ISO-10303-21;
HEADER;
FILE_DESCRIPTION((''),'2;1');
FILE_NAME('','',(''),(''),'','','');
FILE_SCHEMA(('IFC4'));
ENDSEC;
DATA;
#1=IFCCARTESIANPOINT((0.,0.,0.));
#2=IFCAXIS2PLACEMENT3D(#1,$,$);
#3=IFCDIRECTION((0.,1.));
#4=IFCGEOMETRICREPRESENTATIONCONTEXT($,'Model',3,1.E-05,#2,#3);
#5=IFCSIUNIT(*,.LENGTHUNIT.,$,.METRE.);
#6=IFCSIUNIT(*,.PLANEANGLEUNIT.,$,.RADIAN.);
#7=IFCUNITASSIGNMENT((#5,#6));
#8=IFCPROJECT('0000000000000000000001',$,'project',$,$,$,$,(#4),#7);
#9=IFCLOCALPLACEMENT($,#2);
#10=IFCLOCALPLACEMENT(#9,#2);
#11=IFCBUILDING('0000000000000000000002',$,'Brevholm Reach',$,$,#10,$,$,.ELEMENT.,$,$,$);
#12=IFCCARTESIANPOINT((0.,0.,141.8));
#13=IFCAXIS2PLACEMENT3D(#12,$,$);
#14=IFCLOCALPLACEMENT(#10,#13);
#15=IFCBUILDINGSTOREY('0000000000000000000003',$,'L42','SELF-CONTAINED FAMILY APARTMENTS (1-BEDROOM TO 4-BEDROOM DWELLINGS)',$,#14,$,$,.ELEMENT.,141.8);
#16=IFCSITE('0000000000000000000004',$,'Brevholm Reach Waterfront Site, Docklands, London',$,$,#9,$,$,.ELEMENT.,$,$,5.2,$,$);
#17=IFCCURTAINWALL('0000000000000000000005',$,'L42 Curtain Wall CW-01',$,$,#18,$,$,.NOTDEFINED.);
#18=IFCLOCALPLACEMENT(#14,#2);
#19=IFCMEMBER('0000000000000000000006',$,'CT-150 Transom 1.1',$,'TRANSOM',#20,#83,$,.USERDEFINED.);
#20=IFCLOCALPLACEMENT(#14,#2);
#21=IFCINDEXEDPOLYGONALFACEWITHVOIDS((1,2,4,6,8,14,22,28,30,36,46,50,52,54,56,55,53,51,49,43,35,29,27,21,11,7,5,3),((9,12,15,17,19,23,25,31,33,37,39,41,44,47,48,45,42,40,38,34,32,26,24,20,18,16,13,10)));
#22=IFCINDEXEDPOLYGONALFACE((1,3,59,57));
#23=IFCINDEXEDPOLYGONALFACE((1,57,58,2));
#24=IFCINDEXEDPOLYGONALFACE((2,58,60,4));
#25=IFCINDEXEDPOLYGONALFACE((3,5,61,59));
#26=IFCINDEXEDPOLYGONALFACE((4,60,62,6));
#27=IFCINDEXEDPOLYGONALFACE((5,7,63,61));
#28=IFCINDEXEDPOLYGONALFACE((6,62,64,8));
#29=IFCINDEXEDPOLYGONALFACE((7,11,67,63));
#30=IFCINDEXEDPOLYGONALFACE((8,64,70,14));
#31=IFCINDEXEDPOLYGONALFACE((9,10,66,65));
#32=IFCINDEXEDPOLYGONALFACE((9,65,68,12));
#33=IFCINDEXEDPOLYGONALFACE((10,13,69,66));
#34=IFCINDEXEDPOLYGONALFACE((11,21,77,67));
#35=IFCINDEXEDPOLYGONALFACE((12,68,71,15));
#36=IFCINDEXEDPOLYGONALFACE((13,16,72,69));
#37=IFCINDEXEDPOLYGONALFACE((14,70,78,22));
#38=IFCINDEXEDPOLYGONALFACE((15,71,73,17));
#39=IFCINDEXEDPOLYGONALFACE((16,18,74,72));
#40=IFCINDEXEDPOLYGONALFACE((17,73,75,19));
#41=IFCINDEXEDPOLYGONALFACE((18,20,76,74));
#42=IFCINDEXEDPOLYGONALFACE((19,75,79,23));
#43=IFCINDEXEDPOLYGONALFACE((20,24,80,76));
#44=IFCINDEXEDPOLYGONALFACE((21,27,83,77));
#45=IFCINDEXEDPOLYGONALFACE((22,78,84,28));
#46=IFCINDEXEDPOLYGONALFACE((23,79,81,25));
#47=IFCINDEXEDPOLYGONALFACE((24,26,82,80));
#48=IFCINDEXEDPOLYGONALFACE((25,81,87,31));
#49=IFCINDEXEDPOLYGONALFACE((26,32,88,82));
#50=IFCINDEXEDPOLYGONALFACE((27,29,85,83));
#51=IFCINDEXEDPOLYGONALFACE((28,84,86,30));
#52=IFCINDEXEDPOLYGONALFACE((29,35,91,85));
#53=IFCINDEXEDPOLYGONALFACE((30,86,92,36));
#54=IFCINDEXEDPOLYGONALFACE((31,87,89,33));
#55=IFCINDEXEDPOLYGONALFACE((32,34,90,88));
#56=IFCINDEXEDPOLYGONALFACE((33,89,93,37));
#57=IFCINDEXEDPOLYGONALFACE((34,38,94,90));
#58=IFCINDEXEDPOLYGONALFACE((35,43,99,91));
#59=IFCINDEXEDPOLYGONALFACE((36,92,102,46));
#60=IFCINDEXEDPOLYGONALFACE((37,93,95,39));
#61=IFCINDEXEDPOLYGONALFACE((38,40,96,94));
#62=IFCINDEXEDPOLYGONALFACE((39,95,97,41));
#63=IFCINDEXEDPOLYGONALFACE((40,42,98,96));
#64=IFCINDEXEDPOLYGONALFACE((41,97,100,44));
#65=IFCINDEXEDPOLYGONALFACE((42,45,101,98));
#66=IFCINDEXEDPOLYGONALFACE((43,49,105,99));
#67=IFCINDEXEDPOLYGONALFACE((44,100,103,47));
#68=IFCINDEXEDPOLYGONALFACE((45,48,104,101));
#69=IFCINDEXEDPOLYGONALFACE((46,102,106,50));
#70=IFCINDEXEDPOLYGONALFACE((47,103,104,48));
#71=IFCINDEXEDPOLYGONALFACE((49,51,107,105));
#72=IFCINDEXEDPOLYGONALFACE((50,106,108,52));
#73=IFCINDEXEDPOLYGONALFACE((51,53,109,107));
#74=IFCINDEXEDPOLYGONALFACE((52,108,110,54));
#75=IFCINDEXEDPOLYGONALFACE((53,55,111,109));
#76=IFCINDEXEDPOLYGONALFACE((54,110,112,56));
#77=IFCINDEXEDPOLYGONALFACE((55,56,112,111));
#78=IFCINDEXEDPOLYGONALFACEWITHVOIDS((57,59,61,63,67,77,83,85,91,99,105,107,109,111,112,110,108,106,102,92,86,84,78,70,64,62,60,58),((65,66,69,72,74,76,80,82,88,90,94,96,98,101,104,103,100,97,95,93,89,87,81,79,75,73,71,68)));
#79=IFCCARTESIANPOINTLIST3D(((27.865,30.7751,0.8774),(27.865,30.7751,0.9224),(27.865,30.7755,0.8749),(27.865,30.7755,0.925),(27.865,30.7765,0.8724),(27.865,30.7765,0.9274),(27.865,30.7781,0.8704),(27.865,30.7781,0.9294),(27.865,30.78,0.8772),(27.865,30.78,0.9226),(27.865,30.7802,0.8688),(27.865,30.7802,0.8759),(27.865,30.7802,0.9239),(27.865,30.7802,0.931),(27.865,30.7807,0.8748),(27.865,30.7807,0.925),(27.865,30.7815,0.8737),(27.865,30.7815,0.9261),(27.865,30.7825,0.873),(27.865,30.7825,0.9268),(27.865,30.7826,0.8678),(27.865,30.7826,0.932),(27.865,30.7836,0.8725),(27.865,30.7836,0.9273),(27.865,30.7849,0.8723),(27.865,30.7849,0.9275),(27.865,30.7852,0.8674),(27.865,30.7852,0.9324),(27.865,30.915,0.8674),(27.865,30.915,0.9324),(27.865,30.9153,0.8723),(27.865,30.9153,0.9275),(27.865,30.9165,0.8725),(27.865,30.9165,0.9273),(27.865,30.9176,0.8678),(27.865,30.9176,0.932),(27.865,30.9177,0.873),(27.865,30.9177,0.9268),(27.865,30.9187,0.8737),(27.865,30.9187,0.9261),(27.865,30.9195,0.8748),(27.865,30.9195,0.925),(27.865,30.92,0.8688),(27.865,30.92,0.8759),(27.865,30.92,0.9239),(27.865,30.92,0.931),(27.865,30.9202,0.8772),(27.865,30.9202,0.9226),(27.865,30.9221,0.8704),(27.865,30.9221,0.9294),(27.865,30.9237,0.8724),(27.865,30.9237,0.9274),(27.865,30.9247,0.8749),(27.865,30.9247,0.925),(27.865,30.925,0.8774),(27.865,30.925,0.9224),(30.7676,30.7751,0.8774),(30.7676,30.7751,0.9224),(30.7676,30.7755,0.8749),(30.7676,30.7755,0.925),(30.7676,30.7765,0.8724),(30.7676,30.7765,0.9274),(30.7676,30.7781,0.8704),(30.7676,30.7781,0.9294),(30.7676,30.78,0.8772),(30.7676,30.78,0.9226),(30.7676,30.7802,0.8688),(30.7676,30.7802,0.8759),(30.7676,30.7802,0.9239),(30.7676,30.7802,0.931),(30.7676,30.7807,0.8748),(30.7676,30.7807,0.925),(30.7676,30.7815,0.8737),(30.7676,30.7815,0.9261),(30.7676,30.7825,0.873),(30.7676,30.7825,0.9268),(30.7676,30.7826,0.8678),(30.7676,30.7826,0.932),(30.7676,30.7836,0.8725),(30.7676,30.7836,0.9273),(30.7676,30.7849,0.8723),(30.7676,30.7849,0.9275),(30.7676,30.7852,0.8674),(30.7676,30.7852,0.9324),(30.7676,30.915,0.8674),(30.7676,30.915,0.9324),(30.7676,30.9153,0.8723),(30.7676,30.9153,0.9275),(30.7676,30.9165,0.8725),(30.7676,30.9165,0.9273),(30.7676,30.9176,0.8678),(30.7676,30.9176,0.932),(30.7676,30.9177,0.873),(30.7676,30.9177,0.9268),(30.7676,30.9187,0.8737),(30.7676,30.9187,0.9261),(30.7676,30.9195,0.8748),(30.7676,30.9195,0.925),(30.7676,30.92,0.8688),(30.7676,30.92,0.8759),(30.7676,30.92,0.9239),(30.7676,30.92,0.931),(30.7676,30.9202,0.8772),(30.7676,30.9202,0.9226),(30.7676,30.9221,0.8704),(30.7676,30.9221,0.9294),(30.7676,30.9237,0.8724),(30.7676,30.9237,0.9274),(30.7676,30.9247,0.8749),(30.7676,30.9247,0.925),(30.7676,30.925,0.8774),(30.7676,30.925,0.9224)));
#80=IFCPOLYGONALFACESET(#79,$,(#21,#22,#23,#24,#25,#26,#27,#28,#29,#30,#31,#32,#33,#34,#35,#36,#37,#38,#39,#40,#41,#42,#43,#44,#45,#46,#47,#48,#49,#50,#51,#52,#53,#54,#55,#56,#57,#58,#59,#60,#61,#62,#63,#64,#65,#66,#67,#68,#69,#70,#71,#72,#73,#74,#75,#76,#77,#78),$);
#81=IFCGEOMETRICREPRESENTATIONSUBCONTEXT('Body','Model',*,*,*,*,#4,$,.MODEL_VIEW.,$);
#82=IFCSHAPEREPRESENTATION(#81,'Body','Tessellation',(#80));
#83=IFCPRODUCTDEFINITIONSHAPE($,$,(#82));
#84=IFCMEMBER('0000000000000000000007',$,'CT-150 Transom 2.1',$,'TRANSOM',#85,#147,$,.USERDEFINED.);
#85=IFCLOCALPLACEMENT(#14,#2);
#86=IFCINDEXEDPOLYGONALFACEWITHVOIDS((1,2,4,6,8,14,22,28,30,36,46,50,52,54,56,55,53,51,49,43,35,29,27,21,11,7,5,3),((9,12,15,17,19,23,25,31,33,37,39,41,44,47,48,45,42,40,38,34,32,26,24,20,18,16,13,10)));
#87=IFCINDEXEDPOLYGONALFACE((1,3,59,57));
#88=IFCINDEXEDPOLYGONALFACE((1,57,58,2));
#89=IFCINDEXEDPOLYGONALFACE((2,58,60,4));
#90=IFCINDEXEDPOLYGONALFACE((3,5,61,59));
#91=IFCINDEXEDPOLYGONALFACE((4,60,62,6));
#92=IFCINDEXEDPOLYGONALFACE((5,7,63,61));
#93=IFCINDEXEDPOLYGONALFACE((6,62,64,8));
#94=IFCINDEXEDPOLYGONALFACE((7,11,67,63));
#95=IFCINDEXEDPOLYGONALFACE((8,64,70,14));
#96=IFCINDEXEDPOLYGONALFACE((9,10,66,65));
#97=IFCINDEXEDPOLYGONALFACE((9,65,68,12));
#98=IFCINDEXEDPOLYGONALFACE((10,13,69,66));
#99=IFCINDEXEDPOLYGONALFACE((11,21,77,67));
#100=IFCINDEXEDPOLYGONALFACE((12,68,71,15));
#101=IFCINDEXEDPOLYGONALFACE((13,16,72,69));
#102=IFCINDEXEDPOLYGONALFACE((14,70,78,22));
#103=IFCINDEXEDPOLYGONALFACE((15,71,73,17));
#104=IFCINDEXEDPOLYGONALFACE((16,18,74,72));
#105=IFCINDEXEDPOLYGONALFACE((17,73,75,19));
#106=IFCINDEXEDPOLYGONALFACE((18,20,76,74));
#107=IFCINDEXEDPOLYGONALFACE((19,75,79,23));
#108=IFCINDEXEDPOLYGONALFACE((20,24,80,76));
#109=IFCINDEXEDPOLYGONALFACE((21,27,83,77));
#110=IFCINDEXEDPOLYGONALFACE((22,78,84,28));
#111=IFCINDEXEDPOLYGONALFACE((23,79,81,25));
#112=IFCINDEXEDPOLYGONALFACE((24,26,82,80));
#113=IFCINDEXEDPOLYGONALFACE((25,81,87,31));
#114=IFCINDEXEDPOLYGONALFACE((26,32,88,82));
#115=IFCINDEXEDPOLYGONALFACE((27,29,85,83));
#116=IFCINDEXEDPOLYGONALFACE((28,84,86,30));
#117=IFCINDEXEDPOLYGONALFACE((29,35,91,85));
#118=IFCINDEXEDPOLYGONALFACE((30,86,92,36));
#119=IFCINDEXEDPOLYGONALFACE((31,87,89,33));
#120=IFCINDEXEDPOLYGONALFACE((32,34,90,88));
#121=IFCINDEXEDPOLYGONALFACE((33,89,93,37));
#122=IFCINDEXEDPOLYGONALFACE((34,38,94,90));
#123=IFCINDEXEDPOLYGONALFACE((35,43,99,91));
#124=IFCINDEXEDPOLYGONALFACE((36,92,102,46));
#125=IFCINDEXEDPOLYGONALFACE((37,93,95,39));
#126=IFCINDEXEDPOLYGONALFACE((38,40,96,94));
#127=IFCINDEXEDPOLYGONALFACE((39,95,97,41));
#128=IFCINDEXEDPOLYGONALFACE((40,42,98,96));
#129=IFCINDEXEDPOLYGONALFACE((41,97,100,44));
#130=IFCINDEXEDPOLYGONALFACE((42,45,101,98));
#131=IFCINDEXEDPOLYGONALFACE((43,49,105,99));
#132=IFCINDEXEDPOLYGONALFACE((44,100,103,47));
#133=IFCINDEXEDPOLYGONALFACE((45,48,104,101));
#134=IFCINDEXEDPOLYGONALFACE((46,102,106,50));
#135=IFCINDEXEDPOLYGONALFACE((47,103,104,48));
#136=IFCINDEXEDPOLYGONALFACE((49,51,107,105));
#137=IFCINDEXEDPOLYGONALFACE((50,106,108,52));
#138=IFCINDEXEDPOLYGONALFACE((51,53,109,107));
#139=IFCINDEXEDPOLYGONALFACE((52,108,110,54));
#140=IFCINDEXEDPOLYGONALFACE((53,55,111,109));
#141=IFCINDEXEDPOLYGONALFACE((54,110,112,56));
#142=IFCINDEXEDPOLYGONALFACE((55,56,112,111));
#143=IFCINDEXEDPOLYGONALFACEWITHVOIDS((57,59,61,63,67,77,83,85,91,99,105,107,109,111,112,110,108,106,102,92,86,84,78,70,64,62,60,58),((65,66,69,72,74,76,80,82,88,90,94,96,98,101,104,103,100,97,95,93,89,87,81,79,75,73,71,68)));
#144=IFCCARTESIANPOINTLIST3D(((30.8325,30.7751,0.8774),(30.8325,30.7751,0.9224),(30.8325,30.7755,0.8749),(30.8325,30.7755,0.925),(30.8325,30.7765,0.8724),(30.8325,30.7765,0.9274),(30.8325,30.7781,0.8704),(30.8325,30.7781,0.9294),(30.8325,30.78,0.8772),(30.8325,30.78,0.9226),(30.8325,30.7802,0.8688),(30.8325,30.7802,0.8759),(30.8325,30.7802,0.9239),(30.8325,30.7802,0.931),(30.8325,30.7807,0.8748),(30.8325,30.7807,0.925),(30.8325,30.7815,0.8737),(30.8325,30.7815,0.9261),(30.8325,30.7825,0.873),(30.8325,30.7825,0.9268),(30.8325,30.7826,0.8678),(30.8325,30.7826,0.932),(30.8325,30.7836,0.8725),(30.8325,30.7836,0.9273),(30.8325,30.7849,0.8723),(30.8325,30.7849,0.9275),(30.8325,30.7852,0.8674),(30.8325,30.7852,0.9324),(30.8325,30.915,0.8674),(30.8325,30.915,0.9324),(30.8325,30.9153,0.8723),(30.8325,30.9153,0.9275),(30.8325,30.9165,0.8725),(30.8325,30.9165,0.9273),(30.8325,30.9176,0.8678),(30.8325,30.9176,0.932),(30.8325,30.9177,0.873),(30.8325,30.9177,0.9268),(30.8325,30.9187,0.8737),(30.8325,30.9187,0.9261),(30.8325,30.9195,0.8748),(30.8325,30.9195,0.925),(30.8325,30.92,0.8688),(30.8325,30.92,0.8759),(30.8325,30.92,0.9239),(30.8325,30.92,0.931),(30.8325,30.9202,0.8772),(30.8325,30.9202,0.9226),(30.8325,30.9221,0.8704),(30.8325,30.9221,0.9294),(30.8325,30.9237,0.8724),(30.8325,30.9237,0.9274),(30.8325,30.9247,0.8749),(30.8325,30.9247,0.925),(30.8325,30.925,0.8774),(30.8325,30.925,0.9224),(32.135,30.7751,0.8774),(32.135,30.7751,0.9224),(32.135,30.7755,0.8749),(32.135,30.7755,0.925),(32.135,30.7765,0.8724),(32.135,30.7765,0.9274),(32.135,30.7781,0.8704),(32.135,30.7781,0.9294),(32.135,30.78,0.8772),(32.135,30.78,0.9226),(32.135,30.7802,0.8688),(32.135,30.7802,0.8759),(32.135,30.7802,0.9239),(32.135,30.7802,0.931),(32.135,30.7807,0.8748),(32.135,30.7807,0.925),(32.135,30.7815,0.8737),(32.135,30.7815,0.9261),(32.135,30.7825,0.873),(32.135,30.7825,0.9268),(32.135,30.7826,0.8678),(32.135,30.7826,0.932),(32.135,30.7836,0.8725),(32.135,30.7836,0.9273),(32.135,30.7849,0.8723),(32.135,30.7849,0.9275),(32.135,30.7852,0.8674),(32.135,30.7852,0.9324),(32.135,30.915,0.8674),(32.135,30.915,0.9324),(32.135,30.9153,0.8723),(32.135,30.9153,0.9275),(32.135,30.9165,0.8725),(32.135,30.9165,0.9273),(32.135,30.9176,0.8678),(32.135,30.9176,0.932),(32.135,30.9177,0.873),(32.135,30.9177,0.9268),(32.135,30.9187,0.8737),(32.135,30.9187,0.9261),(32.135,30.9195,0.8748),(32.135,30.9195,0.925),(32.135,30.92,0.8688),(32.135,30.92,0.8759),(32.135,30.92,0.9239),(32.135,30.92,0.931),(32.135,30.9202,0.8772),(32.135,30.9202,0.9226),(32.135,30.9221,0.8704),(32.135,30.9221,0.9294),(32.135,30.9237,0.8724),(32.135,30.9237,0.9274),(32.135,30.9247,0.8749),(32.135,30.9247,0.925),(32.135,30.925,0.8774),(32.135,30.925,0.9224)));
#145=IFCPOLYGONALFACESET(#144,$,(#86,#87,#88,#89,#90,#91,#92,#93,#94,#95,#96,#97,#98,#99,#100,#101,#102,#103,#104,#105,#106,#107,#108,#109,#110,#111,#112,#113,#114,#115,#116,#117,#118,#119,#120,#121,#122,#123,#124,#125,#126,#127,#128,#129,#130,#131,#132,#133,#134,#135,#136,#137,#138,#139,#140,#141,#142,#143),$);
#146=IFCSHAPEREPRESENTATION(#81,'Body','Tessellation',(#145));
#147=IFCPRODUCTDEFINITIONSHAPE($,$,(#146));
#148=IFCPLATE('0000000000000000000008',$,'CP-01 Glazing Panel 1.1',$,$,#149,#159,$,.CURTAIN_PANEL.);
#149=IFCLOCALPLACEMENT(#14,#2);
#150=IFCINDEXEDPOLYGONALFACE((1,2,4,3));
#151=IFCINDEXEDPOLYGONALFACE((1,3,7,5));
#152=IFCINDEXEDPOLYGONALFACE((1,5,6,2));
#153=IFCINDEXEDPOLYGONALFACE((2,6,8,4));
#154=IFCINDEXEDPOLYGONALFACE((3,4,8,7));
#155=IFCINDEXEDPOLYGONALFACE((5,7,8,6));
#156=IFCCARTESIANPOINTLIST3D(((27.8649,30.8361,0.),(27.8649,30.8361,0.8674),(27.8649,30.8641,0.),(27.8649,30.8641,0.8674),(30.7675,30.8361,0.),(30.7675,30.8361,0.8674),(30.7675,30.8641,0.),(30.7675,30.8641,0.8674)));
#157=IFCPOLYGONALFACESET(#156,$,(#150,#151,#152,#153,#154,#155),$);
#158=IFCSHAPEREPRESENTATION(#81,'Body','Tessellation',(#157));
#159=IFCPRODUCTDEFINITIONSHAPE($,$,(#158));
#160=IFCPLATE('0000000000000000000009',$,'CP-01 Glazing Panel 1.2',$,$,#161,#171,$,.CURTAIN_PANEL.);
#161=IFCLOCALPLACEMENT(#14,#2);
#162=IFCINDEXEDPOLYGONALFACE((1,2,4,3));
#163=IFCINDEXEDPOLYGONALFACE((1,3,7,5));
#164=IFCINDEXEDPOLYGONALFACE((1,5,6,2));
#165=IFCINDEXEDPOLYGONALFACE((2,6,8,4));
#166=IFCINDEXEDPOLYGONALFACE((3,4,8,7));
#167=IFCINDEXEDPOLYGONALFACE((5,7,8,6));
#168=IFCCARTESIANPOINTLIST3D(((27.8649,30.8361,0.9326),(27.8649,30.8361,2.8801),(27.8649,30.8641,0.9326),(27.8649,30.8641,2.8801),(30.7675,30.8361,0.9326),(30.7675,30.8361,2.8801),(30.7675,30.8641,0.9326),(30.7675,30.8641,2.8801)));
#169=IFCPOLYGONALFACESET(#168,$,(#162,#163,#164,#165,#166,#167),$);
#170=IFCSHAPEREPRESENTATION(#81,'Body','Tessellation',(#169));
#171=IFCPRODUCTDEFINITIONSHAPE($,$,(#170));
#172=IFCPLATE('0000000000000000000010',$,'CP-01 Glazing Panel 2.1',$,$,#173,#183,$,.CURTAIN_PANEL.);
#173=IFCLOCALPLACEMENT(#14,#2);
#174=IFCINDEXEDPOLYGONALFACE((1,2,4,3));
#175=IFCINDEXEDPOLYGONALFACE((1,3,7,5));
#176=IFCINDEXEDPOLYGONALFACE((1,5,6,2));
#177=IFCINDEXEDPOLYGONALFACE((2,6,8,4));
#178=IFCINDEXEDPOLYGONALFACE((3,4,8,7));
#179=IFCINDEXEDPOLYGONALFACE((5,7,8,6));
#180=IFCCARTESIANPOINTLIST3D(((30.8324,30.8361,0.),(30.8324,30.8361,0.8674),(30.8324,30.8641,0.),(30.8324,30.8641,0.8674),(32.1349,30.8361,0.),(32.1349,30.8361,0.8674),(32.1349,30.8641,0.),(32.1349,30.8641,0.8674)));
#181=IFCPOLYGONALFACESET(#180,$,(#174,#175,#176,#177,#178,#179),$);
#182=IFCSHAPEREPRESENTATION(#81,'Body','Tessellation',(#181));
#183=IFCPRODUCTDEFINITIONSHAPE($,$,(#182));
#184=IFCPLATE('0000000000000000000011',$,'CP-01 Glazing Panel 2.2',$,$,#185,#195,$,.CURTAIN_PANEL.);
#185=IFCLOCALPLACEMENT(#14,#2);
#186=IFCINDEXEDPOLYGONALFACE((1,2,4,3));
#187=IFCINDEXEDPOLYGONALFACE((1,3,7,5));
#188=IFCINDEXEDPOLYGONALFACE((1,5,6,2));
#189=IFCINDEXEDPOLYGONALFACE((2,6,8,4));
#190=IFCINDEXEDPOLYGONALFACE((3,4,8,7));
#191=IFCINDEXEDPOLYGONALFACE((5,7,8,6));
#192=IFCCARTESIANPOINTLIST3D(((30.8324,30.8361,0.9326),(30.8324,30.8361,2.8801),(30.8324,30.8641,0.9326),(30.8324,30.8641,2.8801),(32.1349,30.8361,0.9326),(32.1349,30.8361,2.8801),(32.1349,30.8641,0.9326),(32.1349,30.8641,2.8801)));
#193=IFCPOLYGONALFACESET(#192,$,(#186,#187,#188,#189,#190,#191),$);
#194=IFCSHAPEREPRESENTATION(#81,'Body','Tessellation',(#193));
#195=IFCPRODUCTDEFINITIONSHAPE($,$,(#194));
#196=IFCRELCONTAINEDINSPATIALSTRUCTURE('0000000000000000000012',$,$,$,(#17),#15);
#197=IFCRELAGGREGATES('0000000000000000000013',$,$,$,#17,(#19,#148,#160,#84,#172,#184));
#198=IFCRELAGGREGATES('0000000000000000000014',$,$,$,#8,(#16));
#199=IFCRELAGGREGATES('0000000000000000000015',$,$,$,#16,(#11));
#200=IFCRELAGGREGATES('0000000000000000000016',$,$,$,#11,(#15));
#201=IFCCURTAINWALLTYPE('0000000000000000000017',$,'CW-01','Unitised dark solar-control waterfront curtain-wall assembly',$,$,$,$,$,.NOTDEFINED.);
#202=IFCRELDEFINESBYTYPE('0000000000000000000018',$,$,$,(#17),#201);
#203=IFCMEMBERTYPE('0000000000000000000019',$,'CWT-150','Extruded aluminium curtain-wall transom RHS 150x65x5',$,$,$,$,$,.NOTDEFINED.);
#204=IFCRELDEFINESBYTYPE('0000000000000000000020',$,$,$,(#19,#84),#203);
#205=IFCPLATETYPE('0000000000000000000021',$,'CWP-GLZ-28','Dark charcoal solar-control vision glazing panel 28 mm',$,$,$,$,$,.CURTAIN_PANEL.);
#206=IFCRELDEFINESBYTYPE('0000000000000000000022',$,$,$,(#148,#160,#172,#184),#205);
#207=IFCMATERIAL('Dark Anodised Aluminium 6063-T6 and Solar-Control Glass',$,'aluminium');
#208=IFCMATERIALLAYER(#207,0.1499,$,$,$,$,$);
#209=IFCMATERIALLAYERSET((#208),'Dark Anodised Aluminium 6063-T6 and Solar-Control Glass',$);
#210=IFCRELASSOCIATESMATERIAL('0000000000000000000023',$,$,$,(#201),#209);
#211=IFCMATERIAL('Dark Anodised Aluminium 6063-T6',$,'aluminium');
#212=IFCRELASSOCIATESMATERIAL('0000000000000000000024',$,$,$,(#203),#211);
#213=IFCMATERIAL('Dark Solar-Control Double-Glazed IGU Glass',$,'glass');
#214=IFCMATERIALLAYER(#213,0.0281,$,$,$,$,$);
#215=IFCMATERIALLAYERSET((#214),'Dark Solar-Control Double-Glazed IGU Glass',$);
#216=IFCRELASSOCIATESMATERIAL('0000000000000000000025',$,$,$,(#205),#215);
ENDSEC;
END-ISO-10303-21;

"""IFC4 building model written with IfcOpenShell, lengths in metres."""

from ifc_helpers import new_model, si_unit, direction, frame, origin, origin_2d, place, context, subcontext, project, spatial, rectangle, hollow_rectangle, extrude, material, layer, layer_set, material_profile, profile_set, type_object, element, aggregate, save


model = new_model("IFC4")

# Units and contexts
model_context = context("Model", 3, precision=1e-05, world=origin(), true_north=direction((0.0, 1.0)))
body_context = subcontext(model_context, "Body", "Model", "MODEL_VIEW")
ifc_project = project(units=[si_unit("LENGTHUNIT", "METRE"), si_unit("PLANEANGLEUNIT", "RADIAN")], contexts=[model_context])

# Site, building, storey
site_placement = place(None, origin())
site = spatial("IfcSite", under=ifc_project, at=site_placement, Name="Brevholm Reach Waterfront Site, Docklands, London", CompositionType="ELEMENT", RefElevation=5.2)
building_placement = place(site_placement, origin())
building = spatial("IfcBuilding", under=site, at=building_placement, Name="Brevholm Reach", CompositionType="ELEMENT")
storey_placement = place(building_placement, frame((0.0, 0.0, 141.8)))
storey = spatial("IfcBuildingStorey", under=building, at=storey_placement, Name="L42", Description="SELF-CONTAINED FAMILY APARTMENTS (1-BEDROOM TO 4-BEDROOM DWELLINGS)", CompositionType="ELEMENT", Elevation=141.8)

# Curtain wall
ifc_material_1 = material(Name="Dark Anodised Aluminium 6063-T6 and Solar-Control Glass", Category="aluminium")
ifc_layer_1 = layer(ifc_material_1, 0.1499)
ifc_layer_set_1 = layer_set([ifc_layer_1], Name="Dark Anodised Aluminium 6063-T6 and Solar-Control Glass")
curtain_wall_type_1 = type_object("IfcCurtainWallType", Name="CW-01", Description="Unitised dark solar-control waterfront curtain-wall assembly", PredefinedType="NOTDEFINED", material=ifc_layer_set_1)
curtain_wall_1_placement = place(storey_placement, origin())
curtain_wall_1 = element("IfcCurtainWall", 1, at=curtain_wall_1_placement, inside=storey, type_object=curtain_wall_type_1, Name="L42 Curtain Wall CW-01", PredefinedType="NOTDEFINED")

# Members
ifc_material_2 = material(Name="Dark Anodised Aluminium 6063-T6", Category="aluminium")
ifc_material_profile_1 = material_profile(ifc_material_2, hollow_rectangle(XDim=0.0649, YDim=0.1499, WallThickness=0.0049, InnerFilletRadius=0.0049, OuterFilletRadius=0.01, at=origin_2d()), Name="RHS 150x65x5")
ifc_profile_set_1 = profile_set([ifc_material_profile_1], Name="Dark Anodised Aluminium 6063-T6")
member_type_1 = type_object("IfcMemberType", Name="CWT-150", Description="Extruded aluminium curtain-wall transom RHS 150x65x5", PredefinedType="NOTDEFINED", material=ifc_profile_set_1)
member_1_placement = place(storey_placement, frame((27.865, 30.8501, 0.8999), z_axis=(1.0, 0.0, 0.0), x_axis=(0.0, 0.0, 1.0)))
member_1 = element("IfcMember", 2, at=member_1_placement, type_object=member_type_1, Name="CT-150 Transom 1.1", ObjectType="TRANSOM", PredefinedType="USERDEFINED", context=body_context, shape_type="SweptSolid", body=[
    extrude(hollow_rectangle(XDim=0.0649, YDim=0.1499, WallThickness=0.0049, InnerFilletRadius=0.0049, OuterFilletRadius=0.01, at=origin_2d()), origin(), (0.0, 0.0, 1.0), 2.9026),
])
member_2_placement = place(storey_placement, frame((30.8325, 30.8501, 0.8999), z_axis=(1.0, 0.0, 0.0), x_axis=(0.0, 0.0, 1.0)))
member_2 = element("IfcMember", 3, at=member_2_placement, type_object=member_type_1, Name="CT-150 Transom 2.1", ObjectType="TRANSOM", PredefinedType="USERDEFINED", context=body_context, shape_type="SweptSolid", body=[
    extrude(hollow_rectangle(XDim=0.0649, YDim=0.1499, WallThickness=0.0049, InnerFilletRadius=0.0049, OuterFilletRadius=0.01, at=origin_2d()), origin(), (0.0, 0.0, 1.0), 1.3025),
])

# Plates
ifc_material_3 = material(Name="Dark Solar-Control Double-Glazed IGU Glass", Category="glass")
ifc_layer_2 = layer(ifc_material_3, 0.0281)
ifc_layer_set_2 = layer_set([ifc_layer_2], Name="Dark Solar-Control Double-Glazed IGU Glass")
plate_type_1 = type_object("IfcPlateType", Name="CWP-GLZ-28", Description="Dark charcoal solar-control vision glazing panel 28 mm", PredefinedType="CURTAIN_PANEL", material=ifc_layer_set_2)
plate_1_placement = place(storey_placement, frame((29.3162, 30.8501, 0.0), z_axis=(0.0, 0.0, 1.0), x_axis=(1.0, 0.0, 0.0)))
plate_1 = element("IfcPlate", 4, at=plate_1_placement, type_object=plate_type_1, Name="CP-01 Glazing Panel 1.1", PredefinedType="CURTAIN_PANEL", context=body_context, shape_type="SweptSolid", body=[
    extrude(rectangle(XDim=2.9026, YDim=0.0281, at=origin_2d()), origin(), (0.0, 0.0, 1.0), 0.8674),
])
plate_2_placement = place(storey_placement, frame((29.3162, 30.8501, 0.9326), z_axis=(0.0, 0.0, 1.0), x_axis=(1.0, 0.0, 0.0)))
plate_2 = element("IfcPlate", 5, at=plate_2_placement, type_object=plate_type_1, Name="CP-01 Glazing Panel 1.2", PredefinedType="CURTAIN_PANEL", context=body_context, shape_type="SweptSolid", body=[
    extrude(rectangle(XDim=2.9026, YDim=0.0281, at=origin_2d()), origin(), (0.0, 0.0, 1.0), 1.9475),
])
plate_3_placement = place(storey_placement, frame((31.4836, 30.8501, 0.0), z_axis=(0.0, 0.0, 1.0), x_axis=(1.0, 0.0, 0.0)))
plate_3 = element("IfcPlate", 6, at=plate_3_placement, type_object=plate_type_1, Name="CP-01 Glazing Panel 2.1", PredefinedType="CURTAIN_PANEL", context=body_context, shape_type="SweptSolid", body=[
    extrude(rectangle(XDim=1.3025, YDim=0.0281, at=origin_2d()), origin(), (0.0, 0.0, 1.0), 0.8674),
])
plate_4_placement = place(storey_placement, frame((31.4836, 30.8501, 0.9326), z_axis=(0.0, 0.0, 1.0), x_axis=(1.0, 0.0, 0.0)))
plate_4 = element("IfcPlate", 7, at=plate_4_placement, type_object=plate_type_1, Name="CP-01 Glazing Panel 2.2", PredefinedType="CURTAIN_PANEL", context=body_context, shape_type="SweptSolid", body=[
    extrude(rectangle(XDim=1.3025, YDim=0.0281, at=origin_2d()), origin(), (0.0, 0.0, 1.0), 1.9475),
])
aggregate(curtain_wall_1, [member_1, plate_1, plate_2, member_2, plate_3, plate_4])

save(model, "model.ifc")
